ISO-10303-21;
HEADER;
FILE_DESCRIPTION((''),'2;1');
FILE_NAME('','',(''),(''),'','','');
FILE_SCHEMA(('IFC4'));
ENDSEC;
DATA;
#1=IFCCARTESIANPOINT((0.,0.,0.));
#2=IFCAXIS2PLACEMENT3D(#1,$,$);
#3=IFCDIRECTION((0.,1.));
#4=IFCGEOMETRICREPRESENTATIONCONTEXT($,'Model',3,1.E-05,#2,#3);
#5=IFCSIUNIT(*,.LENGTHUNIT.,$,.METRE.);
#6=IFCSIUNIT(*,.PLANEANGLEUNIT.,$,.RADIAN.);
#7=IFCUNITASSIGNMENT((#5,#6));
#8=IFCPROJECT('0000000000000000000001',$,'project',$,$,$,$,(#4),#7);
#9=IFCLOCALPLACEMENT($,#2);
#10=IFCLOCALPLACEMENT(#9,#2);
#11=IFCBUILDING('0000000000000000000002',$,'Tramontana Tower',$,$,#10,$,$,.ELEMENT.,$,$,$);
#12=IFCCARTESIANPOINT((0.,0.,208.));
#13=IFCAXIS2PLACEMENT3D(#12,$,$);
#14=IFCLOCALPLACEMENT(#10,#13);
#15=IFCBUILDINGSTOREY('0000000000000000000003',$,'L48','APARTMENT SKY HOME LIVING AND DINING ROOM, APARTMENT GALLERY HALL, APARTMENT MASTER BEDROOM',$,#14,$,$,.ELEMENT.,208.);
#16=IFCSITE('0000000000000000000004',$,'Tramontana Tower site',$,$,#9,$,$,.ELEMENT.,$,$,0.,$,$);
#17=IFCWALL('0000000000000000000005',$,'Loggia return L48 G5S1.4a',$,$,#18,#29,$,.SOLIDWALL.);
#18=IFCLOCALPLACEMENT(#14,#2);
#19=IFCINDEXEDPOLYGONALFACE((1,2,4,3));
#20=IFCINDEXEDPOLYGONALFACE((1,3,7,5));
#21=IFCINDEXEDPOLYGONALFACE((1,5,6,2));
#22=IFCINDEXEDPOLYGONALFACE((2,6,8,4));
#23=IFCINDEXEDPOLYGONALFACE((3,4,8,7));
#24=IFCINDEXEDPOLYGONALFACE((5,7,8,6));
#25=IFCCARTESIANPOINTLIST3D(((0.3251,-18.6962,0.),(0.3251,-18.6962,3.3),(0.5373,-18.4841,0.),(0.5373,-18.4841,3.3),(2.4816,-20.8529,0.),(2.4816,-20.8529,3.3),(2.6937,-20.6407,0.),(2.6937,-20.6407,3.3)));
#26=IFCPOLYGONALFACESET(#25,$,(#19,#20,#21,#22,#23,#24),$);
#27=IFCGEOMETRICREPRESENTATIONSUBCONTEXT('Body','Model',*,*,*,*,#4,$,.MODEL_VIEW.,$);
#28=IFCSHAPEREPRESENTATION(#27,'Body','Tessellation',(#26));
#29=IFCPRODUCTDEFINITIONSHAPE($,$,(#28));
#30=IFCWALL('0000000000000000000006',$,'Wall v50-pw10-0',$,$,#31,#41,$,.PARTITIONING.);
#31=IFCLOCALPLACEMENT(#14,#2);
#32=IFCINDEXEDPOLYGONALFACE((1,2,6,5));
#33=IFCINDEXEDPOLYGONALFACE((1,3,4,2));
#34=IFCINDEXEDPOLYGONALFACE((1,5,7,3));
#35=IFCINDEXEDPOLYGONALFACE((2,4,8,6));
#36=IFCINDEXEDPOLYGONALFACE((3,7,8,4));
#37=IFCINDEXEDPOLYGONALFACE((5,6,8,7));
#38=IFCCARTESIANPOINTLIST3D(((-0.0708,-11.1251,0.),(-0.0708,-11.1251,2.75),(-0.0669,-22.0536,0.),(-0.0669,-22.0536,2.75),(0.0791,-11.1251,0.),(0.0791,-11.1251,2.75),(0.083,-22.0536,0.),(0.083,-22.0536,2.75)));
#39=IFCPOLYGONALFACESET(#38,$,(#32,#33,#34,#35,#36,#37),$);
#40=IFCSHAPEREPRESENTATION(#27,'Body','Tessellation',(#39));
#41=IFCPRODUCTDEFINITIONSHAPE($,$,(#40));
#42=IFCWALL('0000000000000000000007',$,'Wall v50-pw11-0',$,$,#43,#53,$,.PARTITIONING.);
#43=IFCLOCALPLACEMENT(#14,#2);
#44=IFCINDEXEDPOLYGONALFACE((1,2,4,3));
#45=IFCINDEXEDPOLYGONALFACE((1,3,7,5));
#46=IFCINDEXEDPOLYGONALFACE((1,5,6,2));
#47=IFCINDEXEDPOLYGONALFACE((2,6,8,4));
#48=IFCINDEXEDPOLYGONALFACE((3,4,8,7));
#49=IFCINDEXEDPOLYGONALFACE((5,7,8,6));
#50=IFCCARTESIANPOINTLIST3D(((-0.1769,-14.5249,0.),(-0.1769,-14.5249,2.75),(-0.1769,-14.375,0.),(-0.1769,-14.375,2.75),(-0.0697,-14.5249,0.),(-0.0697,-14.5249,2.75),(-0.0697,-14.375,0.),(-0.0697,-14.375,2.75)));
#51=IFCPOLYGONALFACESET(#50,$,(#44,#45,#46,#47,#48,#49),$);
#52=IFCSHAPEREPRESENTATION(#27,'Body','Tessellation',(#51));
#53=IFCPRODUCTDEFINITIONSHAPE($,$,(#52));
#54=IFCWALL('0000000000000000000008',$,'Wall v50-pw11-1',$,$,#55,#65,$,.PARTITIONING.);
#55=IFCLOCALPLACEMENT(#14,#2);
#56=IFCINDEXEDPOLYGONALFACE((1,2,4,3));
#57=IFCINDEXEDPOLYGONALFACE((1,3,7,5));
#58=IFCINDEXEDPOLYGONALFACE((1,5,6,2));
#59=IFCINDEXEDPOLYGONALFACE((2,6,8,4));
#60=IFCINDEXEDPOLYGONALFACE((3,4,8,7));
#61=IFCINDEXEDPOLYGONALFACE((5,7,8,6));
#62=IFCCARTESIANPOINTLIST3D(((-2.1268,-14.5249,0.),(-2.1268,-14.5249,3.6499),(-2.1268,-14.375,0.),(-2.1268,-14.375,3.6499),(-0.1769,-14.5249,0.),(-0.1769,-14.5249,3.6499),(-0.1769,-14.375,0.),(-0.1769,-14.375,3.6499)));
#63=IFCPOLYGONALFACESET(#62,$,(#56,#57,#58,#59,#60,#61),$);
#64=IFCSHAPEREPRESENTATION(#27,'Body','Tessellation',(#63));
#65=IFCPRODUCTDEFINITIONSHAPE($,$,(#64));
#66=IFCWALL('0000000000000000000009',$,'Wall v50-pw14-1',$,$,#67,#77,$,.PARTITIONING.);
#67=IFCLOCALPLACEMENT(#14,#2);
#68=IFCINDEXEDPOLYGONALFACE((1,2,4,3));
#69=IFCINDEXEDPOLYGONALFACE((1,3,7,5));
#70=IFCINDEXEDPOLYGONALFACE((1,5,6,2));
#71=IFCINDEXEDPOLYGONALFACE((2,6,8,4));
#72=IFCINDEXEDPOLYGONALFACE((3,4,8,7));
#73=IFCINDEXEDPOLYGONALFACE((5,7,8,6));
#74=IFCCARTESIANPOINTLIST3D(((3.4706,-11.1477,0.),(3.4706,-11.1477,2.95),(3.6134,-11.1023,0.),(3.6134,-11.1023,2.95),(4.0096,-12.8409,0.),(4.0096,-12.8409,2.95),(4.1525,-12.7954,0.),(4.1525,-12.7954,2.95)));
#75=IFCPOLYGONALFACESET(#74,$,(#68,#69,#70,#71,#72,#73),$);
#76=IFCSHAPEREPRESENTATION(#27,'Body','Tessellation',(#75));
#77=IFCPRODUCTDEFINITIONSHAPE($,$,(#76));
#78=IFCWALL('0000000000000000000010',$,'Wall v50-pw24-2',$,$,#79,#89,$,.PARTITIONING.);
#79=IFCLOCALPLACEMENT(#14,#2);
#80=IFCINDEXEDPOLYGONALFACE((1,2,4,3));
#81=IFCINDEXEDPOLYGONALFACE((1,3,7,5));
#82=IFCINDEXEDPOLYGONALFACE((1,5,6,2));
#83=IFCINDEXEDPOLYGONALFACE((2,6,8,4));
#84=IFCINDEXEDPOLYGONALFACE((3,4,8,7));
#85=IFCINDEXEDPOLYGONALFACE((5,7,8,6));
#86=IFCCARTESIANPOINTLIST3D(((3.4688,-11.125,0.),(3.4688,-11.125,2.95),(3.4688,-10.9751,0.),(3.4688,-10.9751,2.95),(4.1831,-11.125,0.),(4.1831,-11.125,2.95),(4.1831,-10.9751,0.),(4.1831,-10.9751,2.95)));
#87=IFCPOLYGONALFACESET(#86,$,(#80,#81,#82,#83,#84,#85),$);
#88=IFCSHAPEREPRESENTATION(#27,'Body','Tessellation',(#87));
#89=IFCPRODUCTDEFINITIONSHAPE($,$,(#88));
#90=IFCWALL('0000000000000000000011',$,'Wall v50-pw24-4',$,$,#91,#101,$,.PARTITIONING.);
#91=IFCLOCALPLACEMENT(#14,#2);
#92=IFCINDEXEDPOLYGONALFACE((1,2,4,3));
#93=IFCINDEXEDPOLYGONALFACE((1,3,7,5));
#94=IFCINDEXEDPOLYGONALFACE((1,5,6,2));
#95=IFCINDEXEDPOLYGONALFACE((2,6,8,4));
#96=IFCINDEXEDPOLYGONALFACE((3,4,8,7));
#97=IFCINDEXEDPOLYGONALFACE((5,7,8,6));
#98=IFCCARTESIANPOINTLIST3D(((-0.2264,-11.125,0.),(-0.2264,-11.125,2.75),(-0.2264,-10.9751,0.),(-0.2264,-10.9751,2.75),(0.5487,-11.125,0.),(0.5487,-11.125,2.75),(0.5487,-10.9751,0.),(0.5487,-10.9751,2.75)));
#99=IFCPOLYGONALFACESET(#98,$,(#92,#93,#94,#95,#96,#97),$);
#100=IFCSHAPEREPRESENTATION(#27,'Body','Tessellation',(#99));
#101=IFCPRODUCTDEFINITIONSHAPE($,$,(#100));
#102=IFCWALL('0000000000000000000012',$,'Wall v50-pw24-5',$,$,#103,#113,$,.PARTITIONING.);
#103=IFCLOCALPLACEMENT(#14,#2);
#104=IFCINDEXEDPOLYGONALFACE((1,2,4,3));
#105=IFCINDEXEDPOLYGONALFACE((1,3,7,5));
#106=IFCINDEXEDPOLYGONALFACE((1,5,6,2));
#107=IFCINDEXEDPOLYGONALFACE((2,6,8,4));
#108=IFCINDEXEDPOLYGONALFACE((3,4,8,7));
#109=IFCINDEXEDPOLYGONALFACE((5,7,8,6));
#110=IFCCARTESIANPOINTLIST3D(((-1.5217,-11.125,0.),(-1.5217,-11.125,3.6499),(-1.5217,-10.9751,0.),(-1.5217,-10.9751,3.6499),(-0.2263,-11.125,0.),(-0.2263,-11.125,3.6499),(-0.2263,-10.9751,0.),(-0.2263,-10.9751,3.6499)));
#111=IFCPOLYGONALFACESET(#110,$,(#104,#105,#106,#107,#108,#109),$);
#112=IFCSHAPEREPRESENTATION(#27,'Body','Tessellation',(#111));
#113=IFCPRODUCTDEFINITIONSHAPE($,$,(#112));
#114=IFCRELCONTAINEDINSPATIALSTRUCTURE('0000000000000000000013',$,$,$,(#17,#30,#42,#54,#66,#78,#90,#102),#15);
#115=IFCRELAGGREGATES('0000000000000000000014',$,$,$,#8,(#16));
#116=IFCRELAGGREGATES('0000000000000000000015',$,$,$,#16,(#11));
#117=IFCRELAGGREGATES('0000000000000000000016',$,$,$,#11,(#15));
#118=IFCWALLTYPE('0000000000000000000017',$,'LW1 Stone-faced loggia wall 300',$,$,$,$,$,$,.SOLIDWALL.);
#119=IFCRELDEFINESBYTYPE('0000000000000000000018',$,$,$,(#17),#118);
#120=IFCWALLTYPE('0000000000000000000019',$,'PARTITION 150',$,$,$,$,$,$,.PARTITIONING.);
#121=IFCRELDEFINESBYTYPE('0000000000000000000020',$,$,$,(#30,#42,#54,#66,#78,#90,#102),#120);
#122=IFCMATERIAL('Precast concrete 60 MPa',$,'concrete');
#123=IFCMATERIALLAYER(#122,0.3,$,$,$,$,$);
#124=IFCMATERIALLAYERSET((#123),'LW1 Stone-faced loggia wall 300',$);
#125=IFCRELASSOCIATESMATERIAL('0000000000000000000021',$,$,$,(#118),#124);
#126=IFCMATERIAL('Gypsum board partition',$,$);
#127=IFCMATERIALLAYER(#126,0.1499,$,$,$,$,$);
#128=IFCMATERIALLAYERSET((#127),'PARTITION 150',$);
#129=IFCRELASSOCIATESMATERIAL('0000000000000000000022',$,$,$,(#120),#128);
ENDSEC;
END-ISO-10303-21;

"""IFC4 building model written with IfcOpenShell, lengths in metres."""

from ifc_helpers import new_model, si_unit, direction, frame, frame_2d, origin, place, context, subcontext, project, spatial, rectangle, extrude, material, layer, layer_set, type_object, element, save


model = new_model("IFC4")

# Units and contexts
model_context = context("Model", 3, precision=1e-05, world=origin(), true_north=direction((0.0, 1.0)))
body_context = subcontext(model_context, "Body", "Model", "MODEL_VIEW")
ifc_project = project(units=[si_unit("LENGTHUNIT", "METRE"), si_unit("PLANEANGLEUNIT", "RADIAN")], contexts=[model_context])

# Site, building, storey
site_placement = place(None, origin())
site = spatial("IfcSite", under=ifc_project, at=site_placement, Name="Tramontana Tower site", CompositionType="ELEMENT", RefElevation=0.0)
building_placement = place(site_placement, origin())
building = spatial("IfcBuilding", under=site, at=building_placement, Name="Tramontana Tower", CompositionType="ELEMENT")
storey_placement = place(building_placement, frame((0.0, 0.0, 208.0)))
storey = spatial("IfcBuildingStorey", under=building, at=storey_placement, Name="L48", Description="APARTMENT SKY HOME LIVING AND DINING ROOM, APARTMENT GALLERY HALL, APARTMENT MASTER BEDROOM", CompositionType="ELEMENT", Elevation=208.0)

# Shared definitions
ifc_material_1 = material(Name="Precast concrete 60 MPa", Category="concrete")
ifc_layer_1 = layer(ifc_material_1, 0.3)
ifc_layer_set_1 = layer_set([ifc_layer_1], Name="LW1 Stone-faced loggia wall 300")
wall_type_1 = type_object("IfcWallType", Name="LW1 Stone-faced loggia wall 300", PredefinedType="SOLIDWALL", material=ifc_layer_set_1)

# Walls
wall_1_placement = place(storey_placement, frame((2.5876, -20.7468, 0.0), z_axis=(0.0, 0.0, 1.0), x_axis=(-0.707067, 0.707147, 0.0)))
element("IfcWall", 1, at=wall_1_placement, inside=storey, type_object=wall_type_1, Name="Loggia return L48 G5S1.4a", PredefinedType="SOLIDWALL", context=body_context, shape_type="SweptSolid", body=[
    extrude(rectangle(XDim=3.0498, YDim=0.3, at=frame_2d((1.5249, 0.0))), origin(), (0.0, 0.0, 1.0), 3.3),
])
ifc_material_2 = material(Name="Gypsum board partition")
ifc_layer_2 = layer(ifc_material_2, 0.1499)
ifc_layer_set_2 = layer_set([ifc_layer_2], Name="PARTITION 150")
wall_type_2 = type_object("IfcWallType", Name="PARTITION 150", PredefinedType="PARTITIONING", material=ifc_layer_set_2)
wall_2_placement = place(storey_placement, frame((0.0042, -11.125, 0.0), z_axis=(0.0, 0.0, 1.0), x_axis=(0.000357, -1.0, 0.0)))
element("IfcWall", 2, at=wall_2_placement, inside=storey, type_object=wall_type_2, Name="Wall v50-pw10-0", PredefinedType="PARTITIONING", context=body_context, shape_type="SweptSolid", body=[
    extrude(rectangle(XDim=10.9285, YDim=0.1499, at=frame_2d((5.4644, 0.0))), origin(), (0.0, 0.0, 1.0), 2.75),
])
wall_3_placement = place(storey_placement, frame((-0.0696, -14.45, 0.0), z_axis=(0.0, 0.0, 1.0), x_axis=(-1.0, 0.0, 0.0)))
element("IfcWall", 3, at=wall_3_placement, inside=storey, type_object=wall_type_2, Name="Wall v50-pw11-0", PredefinedType="PARTITIONING", context=body_context, shape_type="SweptSolid", body=[
    extrude(rectangle(XDim=0.1072, YDim=0.1499, at=frame_2d((0.0537, 0.0))), origin(), (0.0, 0.0, 1.0), 2.75),
])
wall_4_placement = place(storey_placement, frame((-0.1768, -14.45, 0.0), z_axis=(0.0, 0.0, 1.0), x_axis=(-1.0, 0.0, 0.0)))
element("IfcWall", 4, at=wall_4_placement, inside=storey, type_object=wall_type_2, Name="Wall v50-pw11-1", PredefinedType="PARTITIONING", context=body_context, shape_type="SweptSolid", body=[
    extrude(rectangle(XDim=1.95, YDim=0.1499, at=frame_2d((0.9751, 0.0))), origin(), (0.0, 0.0, 1.0), 3.6499),
])

# Walls
wall_5_placement = place(storey_placement, frame((4.0811, -12.8181, 0.0), z_axis=(0.0, 0.0, 1.0), x_axis=(-0.303379, 0.95287, 0.0)))
element("IfcWall", 5, at=wall_5_placement, inside=storey, type_object=wall_type_2, Name="Wall v50-pw14-1", PredefinedType="PARTITIONING", context=body_context, shape_type="SweptSolid", body=[
    extrude(rectangle(XDim=1.7769, YDim=0.1499, at=frame_2d((0.8884, 0.0))), origin(), (0.0, 0.0, 1.0), 2.95),
])
wall_6_placement = place(storey_placement, frame((4.1831, -11.05, 0.0), z_axis=(0.0, 0.0, 1.0), x_axis=(-1.0, 0.0, 0.0)))
element("IfcWall", 6, at=wall_6_placement, inside=storey, type_object=wall_type_2, Name="Wall v50-pw24-2", PredefinedType="PARTITIONING", context=body_context, shape_type="SweptSolid", body=[
    extrude(rectangle(XDim=0.7144, YDim=0.1499, at=frame_2d((0.3572, 0.0))), origin(), (0.0, 0.0, 1.0), 2.95),
])

# Walls
wall_7_placement = place(storey_placement, frame((0.5488, -11.05, 0.0), z_axis=(0.0, 0.0, 1.0), x_axis=(-1.0, 0.0, 0.0)))
element("IfcWall", 7, at=wall_7_placement, inside=storey, type_object=wall_type_2, Name="Wall v50-pw24-4", PredefinedType="PARTITIONING", context=body_context, shape_type="SweptSolid", body=[
    extrude(rectangle(XDim=0.7751, YDim=0.1499, at=frame_2d((0.3877, 0.0))), origin(), (0.0, 0.0, 1.0), 2.75),
])
wall_8_placement = place(storey_placement, frame((-0.2263, -11.05, 0.0), z_axis=(0.0, 0.0, 1.0), x_axis=(-1.0, 0.0, 0.0)))
element("IfcWall", 8, at=wall_8_placement, inside=storey, type_object=wall_type_2, Name="Wall v50-pw24-5", PredefinedType="PARTITIONING", context=body_context, shape_type="SweptSolid", body=[
    extrude(rectangle(XDim=1.2954, YDim=0.1499, at=frame_2d((0.6477, 0.0))), origin(), (0.0, 0.0, 1.0), 3.6499),
])

save(model, "model.ifc")
